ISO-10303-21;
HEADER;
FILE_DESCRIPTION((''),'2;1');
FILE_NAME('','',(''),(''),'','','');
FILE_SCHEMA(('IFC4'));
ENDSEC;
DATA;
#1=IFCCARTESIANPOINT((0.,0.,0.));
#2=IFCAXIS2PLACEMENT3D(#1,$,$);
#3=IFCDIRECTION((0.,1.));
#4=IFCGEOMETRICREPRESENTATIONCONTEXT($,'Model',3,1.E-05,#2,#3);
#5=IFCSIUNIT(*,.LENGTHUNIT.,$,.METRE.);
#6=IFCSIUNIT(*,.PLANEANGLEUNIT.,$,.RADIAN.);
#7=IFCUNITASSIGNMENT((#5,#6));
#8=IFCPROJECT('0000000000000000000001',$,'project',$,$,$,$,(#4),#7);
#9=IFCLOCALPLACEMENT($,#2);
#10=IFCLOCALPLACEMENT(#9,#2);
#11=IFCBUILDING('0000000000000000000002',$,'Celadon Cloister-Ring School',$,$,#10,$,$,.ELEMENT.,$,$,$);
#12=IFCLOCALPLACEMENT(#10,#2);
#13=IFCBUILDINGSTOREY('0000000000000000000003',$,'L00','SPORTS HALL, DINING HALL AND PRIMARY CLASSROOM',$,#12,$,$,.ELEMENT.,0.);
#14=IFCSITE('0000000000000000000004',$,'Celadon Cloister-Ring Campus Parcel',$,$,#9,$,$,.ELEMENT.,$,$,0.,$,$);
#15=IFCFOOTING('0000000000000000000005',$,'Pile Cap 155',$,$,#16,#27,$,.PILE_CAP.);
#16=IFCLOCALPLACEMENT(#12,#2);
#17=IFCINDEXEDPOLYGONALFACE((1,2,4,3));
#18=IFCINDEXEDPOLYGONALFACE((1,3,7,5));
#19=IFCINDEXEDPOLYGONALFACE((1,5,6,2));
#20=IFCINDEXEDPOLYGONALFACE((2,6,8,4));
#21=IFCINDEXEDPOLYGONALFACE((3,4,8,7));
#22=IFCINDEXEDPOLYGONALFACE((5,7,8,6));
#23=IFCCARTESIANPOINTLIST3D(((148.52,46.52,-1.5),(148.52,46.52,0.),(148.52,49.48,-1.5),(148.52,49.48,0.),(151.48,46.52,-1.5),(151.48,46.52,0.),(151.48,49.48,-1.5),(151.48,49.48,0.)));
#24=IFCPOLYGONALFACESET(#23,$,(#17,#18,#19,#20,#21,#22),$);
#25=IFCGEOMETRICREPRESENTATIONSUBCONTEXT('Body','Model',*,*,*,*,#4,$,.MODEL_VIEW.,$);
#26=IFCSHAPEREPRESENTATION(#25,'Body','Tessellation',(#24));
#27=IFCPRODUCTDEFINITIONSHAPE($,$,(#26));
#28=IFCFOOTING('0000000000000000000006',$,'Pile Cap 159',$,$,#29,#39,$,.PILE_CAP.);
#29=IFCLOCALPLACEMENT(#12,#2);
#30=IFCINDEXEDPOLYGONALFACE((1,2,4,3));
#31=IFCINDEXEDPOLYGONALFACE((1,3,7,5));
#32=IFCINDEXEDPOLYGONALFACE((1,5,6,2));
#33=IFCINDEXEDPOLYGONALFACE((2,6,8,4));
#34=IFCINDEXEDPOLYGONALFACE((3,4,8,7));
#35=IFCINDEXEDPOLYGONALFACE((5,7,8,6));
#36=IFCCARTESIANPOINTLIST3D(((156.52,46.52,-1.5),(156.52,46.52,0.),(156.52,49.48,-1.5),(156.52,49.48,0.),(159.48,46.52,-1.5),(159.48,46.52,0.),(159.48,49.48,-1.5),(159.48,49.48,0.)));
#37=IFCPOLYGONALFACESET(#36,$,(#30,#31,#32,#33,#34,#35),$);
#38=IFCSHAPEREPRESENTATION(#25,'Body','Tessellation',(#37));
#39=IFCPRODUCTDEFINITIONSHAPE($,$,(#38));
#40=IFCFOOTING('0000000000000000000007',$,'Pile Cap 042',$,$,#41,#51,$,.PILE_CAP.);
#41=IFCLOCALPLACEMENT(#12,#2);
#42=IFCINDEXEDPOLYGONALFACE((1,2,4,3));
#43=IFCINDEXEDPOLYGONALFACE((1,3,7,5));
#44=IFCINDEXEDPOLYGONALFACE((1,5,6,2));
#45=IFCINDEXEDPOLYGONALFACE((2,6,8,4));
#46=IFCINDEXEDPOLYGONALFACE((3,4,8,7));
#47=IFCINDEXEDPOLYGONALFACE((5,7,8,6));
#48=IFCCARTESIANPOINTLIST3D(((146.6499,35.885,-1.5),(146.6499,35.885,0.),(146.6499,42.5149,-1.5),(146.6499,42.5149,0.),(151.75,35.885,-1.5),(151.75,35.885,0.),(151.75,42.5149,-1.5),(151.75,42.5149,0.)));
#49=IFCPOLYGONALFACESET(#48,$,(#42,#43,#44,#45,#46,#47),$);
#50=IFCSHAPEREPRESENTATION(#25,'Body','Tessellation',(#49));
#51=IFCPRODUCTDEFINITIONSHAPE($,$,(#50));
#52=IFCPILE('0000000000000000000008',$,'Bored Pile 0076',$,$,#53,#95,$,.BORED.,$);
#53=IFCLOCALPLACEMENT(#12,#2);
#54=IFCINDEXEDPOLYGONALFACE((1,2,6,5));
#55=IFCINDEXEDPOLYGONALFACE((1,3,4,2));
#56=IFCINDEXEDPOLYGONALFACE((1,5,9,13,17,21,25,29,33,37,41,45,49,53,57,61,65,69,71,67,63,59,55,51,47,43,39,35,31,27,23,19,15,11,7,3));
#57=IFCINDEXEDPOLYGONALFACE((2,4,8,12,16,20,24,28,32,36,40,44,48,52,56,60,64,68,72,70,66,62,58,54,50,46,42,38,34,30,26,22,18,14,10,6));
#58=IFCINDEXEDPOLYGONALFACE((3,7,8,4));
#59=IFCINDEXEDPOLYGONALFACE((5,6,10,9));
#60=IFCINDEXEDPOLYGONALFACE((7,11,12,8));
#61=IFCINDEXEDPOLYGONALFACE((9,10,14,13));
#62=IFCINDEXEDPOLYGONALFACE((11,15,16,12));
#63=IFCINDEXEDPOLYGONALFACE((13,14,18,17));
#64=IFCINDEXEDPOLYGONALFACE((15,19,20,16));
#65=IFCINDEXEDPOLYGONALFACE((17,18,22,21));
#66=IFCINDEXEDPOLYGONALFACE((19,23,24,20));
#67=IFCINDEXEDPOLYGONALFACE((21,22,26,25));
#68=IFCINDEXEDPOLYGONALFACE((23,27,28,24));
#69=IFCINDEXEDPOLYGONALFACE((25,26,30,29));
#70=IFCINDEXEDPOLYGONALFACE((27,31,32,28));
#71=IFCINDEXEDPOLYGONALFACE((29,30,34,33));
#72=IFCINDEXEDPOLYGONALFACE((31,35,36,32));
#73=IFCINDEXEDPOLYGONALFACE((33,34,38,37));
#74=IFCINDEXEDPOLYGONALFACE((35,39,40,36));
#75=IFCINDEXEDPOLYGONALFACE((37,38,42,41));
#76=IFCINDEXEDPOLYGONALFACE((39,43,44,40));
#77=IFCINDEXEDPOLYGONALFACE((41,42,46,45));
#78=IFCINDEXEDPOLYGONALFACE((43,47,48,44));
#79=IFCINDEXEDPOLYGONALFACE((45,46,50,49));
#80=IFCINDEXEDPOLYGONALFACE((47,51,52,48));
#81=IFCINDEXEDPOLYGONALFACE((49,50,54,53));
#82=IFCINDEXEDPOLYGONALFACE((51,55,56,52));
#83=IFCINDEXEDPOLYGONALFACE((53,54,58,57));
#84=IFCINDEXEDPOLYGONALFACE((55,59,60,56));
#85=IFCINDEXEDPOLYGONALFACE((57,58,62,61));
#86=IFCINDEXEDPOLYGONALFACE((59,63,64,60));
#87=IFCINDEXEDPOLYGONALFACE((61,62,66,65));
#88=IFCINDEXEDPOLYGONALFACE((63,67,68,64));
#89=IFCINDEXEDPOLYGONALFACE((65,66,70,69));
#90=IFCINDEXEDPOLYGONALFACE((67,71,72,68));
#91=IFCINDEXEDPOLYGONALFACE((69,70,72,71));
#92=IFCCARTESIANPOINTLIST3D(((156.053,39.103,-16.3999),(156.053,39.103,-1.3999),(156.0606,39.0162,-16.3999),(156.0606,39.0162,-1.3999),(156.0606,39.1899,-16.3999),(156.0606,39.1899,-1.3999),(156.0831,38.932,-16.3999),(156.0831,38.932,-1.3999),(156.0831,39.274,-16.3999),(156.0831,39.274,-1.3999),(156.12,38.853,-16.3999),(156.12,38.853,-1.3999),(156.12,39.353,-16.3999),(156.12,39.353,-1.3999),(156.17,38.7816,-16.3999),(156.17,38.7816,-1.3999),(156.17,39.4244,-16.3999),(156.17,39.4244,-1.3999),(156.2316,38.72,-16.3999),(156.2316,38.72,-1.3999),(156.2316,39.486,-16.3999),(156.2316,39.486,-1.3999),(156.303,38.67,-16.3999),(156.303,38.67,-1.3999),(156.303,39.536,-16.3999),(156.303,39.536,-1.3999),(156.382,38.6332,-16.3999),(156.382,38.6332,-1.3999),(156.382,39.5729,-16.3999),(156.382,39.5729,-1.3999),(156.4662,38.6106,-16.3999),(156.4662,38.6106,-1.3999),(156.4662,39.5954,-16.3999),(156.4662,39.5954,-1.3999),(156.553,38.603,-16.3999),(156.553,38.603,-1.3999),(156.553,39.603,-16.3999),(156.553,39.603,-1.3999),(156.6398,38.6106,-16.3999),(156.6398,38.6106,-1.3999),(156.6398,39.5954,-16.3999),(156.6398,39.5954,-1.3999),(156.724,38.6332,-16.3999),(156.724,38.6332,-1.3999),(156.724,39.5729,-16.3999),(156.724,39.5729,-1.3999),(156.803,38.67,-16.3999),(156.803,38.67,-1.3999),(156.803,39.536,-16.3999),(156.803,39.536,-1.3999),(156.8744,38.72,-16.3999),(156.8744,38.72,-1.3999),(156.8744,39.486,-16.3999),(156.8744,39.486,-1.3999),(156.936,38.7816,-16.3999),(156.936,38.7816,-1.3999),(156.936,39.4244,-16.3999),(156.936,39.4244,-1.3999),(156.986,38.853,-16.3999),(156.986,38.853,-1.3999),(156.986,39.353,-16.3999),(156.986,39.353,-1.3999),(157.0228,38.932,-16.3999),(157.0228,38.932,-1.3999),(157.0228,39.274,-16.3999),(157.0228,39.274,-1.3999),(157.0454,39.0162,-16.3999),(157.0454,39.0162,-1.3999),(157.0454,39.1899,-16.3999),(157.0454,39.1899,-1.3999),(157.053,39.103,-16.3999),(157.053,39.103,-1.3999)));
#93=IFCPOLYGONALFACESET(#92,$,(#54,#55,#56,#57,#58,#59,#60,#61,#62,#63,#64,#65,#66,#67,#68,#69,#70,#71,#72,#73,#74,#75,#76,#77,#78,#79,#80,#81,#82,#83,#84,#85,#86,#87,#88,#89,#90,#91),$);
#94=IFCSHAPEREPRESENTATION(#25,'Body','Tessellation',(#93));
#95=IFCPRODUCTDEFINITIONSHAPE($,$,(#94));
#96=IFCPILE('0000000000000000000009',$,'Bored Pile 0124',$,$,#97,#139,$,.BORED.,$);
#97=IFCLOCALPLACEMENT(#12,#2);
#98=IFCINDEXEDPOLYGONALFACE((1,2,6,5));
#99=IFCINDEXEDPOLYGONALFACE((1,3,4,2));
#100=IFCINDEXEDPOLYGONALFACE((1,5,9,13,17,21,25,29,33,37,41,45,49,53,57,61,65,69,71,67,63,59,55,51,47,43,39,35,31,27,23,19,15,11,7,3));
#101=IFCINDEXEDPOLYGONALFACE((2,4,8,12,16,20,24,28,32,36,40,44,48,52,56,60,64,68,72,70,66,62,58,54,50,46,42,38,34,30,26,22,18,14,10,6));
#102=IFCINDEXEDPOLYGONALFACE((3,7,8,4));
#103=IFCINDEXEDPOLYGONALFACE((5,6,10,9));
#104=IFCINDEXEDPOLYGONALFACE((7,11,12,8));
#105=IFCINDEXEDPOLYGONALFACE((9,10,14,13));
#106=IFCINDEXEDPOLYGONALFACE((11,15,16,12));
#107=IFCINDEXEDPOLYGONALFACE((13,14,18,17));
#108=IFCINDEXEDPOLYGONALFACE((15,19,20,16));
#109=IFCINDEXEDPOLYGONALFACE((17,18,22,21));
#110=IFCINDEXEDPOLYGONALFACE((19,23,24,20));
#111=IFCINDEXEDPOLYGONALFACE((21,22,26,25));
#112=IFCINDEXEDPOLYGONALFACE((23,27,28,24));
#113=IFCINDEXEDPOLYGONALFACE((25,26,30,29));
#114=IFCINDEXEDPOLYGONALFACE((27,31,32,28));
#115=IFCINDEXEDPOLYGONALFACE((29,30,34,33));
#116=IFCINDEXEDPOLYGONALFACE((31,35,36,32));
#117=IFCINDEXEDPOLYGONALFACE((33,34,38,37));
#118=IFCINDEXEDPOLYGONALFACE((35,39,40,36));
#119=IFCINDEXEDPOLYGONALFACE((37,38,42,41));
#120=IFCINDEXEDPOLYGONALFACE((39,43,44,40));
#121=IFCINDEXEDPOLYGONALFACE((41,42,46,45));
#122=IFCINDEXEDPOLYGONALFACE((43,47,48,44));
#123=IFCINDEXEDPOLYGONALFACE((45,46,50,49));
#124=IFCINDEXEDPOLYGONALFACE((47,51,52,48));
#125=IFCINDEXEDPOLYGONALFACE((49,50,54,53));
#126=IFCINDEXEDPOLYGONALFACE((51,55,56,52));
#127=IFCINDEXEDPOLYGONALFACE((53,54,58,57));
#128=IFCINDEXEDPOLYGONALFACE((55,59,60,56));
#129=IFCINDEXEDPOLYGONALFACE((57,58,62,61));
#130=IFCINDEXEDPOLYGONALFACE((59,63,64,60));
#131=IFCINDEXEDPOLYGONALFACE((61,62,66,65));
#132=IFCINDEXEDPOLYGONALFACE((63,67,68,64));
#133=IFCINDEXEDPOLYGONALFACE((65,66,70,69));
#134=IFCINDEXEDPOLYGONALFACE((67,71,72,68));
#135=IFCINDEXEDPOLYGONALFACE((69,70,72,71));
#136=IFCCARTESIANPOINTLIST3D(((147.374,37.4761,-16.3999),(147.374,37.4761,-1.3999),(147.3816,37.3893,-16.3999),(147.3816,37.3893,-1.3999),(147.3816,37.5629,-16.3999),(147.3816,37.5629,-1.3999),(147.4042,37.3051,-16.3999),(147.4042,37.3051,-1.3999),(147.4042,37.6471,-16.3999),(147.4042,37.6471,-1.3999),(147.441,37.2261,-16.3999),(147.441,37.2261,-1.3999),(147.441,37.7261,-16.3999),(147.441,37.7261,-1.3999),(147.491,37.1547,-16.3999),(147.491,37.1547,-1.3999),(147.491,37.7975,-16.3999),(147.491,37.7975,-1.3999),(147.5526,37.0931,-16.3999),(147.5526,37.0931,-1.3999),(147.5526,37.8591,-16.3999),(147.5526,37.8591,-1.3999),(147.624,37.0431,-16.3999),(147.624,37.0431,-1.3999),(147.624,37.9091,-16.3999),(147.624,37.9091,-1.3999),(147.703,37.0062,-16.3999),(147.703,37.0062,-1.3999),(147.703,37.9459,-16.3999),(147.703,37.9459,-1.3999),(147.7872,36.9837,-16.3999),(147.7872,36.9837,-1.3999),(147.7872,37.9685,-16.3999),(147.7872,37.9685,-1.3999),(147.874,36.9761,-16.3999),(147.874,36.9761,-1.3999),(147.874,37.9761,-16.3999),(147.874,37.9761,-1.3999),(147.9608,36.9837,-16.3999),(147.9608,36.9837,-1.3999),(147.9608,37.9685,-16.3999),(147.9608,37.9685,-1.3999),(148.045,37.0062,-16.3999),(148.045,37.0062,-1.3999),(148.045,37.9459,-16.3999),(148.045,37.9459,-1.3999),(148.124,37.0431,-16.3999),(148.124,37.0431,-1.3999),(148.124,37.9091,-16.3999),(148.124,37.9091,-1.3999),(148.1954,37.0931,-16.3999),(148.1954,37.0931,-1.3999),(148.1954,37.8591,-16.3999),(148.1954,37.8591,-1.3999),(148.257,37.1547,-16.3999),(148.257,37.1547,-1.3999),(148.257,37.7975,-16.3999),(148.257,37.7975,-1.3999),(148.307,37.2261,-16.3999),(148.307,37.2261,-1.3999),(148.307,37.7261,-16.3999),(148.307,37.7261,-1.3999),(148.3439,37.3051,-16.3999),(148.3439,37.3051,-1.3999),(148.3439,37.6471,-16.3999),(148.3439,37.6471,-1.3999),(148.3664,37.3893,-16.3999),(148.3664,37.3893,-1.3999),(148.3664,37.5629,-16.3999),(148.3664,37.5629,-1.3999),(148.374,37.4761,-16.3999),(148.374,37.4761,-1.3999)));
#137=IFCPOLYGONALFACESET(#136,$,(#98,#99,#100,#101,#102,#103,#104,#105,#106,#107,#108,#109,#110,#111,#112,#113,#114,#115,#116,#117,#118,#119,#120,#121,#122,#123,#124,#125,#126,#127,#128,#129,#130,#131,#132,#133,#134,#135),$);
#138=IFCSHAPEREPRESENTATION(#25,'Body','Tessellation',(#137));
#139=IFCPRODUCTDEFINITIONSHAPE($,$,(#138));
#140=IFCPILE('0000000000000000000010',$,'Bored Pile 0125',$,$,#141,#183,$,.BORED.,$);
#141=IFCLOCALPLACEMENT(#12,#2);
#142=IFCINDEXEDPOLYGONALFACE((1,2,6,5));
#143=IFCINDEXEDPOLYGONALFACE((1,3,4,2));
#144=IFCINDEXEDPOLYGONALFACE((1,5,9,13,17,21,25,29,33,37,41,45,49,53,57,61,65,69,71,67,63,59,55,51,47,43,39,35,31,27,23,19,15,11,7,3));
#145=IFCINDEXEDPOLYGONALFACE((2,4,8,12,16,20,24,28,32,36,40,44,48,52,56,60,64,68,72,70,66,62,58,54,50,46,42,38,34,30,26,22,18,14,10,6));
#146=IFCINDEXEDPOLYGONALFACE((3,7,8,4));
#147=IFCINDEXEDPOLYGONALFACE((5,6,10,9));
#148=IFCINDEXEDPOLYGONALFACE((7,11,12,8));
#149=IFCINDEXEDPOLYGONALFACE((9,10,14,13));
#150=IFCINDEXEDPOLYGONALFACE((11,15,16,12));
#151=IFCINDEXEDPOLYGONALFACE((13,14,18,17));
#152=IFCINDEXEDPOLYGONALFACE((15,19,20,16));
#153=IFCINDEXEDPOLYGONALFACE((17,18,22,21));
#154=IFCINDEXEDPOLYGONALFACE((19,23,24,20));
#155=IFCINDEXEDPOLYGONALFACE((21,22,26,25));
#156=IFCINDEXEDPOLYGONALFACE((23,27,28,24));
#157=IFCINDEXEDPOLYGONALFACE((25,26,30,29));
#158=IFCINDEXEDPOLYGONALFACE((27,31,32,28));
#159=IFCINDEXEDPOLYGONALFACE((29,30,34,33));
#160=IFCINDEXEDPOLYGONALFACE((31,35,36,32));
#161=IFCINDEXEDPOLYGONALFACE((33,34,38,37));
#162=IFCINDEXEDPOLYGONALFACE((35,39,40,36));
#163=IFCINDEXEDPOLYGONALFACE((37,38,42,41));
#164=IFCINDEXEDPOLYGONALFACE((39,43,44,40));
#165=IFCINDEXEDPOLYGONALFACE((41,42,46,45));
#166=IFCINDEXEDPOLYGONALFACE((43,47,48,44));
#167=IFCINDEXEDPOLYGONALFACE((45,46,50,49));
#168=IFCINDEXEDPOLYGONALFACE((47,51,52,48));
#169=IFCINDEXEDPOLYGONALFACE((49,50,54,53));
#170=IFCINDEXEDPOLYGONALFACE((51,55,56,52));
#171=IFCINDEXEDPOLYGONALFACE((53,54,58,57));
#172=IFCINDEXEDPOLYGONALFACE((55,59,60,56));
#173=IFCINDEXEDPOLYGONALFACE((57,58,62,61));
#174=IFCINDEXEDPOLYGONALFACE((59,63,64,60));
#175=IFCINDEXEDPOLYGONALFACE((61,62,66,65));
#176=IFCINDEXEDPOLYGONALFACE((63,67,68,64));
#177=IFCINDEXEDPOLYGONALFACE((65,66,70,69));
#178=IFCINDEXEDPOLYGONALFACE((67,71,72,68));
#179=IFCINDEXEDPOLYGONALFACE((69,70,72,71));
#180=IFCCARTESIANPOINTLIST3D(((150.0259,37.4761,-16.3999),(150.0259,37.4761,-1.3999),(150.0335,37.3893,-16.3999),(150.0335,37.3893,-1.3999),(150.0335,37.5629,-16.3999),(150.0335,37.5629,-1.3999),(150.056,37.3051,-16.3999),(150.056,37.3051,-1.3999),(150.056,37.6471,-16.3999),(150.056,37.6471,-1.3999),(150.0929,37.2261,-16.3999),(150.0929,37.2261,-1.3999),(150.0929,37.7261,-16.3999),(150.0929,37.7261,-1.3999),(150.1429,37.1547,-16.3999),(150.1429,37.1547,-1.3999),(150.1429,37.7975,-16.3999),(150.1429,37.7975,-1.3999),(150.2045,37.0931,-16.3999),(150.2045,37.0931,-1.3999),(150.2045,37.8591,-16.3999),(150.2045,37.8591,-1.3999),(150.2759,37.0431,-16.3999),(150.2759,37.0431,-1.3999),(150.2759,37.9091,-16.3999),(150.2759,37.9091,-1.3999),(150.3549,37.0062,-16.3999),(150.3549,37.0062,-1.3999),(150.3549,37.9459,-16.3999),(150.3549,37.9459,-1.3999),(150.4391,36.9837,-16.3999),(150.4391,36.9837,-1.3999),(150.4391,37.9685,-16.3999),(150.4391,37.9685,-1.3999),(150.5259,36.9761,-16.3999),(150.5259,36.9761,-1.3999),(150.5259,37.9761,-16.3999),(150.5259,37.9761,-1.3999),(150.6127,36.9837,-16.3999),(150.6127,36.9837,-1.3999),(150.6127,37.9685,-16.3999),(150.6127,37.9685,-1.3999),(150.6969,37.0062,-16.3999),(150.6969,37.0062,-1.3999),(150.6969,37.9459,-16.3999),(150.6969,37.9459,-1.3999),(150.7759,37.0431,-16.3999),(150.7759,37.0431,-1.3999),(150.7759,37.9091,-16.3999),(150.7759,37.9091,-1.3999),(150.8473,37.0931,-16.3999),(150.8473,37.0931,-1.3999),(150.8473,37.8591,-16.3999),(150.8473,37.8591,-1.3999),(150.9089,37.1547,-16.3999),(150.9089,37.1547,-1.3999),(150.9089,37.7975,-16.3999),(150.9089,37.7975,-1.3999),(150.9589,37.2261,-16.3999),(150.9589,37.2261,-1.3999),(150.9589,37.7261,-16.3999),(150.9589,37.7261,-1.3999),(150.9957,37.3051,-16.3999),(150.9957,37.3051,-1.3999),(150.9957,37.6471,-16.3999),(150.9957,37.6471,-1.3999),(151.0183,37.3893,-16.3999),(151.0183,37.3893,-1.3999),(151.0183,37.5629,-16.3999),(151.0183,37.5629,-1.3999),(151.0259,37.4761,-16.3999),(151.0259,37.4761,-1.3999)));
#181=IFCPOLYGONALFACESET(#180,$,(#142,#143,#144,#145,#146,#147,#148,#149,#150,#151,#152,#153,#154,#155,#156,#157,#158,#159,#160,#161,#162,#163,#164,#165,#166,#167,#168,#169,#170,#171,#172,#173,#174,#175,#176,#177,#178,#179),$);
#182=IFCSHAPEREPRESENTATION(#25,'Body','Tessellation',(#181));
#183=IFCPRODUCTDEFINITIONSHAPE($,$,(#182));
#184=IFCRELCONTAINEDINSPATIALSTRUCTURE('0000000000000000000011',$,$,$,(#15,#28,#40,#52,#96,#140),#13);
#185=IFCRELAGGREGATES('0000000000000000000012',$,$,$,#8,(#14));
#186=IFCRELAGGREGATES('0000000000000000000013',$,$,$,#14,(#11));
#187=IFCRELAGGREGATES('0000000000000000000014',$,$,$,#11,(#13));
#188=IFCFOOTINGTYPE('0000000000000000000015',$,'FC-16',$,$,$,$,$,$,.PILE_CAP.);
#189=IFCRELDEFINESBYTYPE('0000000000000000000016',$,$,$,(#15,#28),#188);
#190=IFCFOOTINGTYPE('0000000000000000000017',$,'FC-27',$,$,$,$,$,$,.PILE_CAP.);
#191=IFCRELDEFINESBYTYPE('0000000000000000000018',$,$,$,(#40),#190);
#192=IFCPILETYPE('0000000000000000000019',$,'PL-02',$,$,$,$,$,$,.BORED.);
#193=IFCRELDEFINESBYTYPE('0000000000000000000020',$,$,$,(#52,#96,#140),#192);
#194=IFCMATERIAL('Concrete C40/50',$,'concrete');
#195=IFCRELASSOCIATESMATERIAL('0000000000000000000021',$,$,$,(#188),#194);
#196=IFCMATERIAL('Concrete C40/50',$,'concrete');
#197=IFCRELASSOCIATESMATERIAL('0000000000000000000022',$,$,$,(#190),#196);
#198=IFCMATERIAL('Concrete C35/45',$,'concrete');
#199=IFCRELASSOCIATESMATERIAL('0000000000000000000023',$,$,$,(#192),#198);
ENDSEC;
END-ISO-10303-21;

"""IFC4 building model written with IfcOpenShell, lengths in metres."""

from ifc_helpers import new_model, si_unit, direction, frame, origin, origin_2d, place, context, subcontext, project, spatial, rectangle, circle, extrude, material, material_profile, profile_set, type_object, element, save


model = new_model("IFC4")

# Units and contexts
model_context = context("Model", 3, precision=1e-05, world=origin(), true_north=direction((0.0, 1.0)))
body_context = subcontext(model_context, "Body", "Model", "MODEL_VIEW")
ifc_project = project(units=[si_unit("LENGTHUNIT", "METRE"), si_unit("PLANEANGLEUNIT", "RADIAN")], contexts=[model_context])

# Site, building, storey
site_placement = place(None, origin())
site = spatial("IfcSite", under=ifc_project, at=site_placement, Name="Celadon Cloister-Ring Campus Parcel", CompositionType="ELEMENT", RefElevation=0.0)
building_placement = place(site_placement, origin())
building = spatial("IfcBuilding", under=site, at=building_placement, Name="Celadon Cloister-Ring School", CompositionType="ELEMENT")
storey_placement = place(building_placement, origin())
storey = spatial("IfcBuildingStorey", under=building, at=storey_placement, Name="L00", Description="SPORTS HALL, DINING HALL AND PRIMARY CLASSROOM", CompositionType="ELEMENT", Elevation=0.0)

# Footings
ifc_material_1 = material(Name="Concrete C40/50", Category="concrete")
footing_type_1 = type_object("IfcFootingType", Name="FC-16", PredefinedType="PILE_CAP", material=ifc_material_1)
for number, where, z_axis, x_axis, name in (
    (1, (150.0, 48.0, -1.5), (0.0, 0.0, 1.0), (1.0, 0.0, 0.0), "Pile Cap 155"),
    (2, (158.0, 48.0, -1.5), (0.0, 0.0, 1.0), (1.0, 0.0, 0.0), "Pile Cap 159"),
):
    element("IfcFooting", number, at=place(storey_placement, frame(where, z_axis=z_axis, x_axis=x_axis)), inside=storey, type_object=footing_type_1, Name=name, PredefinedType="PILE_CAP", context=body_context, shape_type="SweptSolid", body=[
        extrude(rectangle(XDim=2.96, YDim=2.96, at=origin_2d()), origin(), (0.0, 0.0, 1.0), 1.5),
    ])
ifc_material_2 = material(Name="Concrete C40/50", Category="concrete")
footing_type_2 = type_object("IfcFootingType", Name="FC-27", PredefinedType="PILE_CAP", material=ifc_material_2)
footing_placement = place(storey_placement, frame((149.2, 39.2, -1.5), z_axis=(0.0, 0.0, 1.0), x_axis=(1.0, 0.0, 0.0)))
element("IfcFooting", 3, at=footing_placement, inside=storey, type_object=footing_type_2, Name="Pile Cap 042", PredefinedType="PILE_CAP", context=body_context, shape_type="SweptSolid", body=[
    extrude(rectangle(XDim=5.1001, YDim=6.6299, at=origin_2d()), origin(), (0.0, 0.0, 1.0), 1.5),
])

# Piles
ifc_material_3 = material(Name="Concrete C35/45", Category="concrete")
ifc_material_profile_1 = material_profile(ifc_material_3, circle(Radius=0.5, at=origin_2d()), Name="PILE1000")
ifc_profile_set_1 = profile_set([ifc_material_profile_1], Name="Concrete C35/45")
pile_type = type_object("IfcPileType", Name="PL-02", PredefinedType="BORED", material=ifc_profile_set_1)
for number, where, z_axis, x_axis, name in (
    (4, (156.553, 39.103, -1.3999), (0.0, 0.0, -1.0), (1.0, 0.0, 0.0), "Bored Pile 0076"),
    (5, (147.874, 37.4761, -1.3999), (0.0, 0.0, -1.0), (1.0, 0.0, 0.0), "Bored Pile 0124"),
    (6, (150.5259, 37.4761, -1.3999), (0.0, 0.0, -1.0), (1.0, 0.0, 0.0), "Bored Pile 0125"),
):
    element("IfcPile", number, at=place(storey_placement, frame(where, z_axis=z_axis, x_axis=x_axis)), inside=storey, type_object=pile_type, Name=name, PredefinedType="BORED", context=body_context, shape_type="SweptSolid", body=[
        extrude(circle(Radius=0.5, at=origin_2d()), origin(), (0.0, 0.0, 1.0), 15.0),
    ])

save(model, "model.ifc")
